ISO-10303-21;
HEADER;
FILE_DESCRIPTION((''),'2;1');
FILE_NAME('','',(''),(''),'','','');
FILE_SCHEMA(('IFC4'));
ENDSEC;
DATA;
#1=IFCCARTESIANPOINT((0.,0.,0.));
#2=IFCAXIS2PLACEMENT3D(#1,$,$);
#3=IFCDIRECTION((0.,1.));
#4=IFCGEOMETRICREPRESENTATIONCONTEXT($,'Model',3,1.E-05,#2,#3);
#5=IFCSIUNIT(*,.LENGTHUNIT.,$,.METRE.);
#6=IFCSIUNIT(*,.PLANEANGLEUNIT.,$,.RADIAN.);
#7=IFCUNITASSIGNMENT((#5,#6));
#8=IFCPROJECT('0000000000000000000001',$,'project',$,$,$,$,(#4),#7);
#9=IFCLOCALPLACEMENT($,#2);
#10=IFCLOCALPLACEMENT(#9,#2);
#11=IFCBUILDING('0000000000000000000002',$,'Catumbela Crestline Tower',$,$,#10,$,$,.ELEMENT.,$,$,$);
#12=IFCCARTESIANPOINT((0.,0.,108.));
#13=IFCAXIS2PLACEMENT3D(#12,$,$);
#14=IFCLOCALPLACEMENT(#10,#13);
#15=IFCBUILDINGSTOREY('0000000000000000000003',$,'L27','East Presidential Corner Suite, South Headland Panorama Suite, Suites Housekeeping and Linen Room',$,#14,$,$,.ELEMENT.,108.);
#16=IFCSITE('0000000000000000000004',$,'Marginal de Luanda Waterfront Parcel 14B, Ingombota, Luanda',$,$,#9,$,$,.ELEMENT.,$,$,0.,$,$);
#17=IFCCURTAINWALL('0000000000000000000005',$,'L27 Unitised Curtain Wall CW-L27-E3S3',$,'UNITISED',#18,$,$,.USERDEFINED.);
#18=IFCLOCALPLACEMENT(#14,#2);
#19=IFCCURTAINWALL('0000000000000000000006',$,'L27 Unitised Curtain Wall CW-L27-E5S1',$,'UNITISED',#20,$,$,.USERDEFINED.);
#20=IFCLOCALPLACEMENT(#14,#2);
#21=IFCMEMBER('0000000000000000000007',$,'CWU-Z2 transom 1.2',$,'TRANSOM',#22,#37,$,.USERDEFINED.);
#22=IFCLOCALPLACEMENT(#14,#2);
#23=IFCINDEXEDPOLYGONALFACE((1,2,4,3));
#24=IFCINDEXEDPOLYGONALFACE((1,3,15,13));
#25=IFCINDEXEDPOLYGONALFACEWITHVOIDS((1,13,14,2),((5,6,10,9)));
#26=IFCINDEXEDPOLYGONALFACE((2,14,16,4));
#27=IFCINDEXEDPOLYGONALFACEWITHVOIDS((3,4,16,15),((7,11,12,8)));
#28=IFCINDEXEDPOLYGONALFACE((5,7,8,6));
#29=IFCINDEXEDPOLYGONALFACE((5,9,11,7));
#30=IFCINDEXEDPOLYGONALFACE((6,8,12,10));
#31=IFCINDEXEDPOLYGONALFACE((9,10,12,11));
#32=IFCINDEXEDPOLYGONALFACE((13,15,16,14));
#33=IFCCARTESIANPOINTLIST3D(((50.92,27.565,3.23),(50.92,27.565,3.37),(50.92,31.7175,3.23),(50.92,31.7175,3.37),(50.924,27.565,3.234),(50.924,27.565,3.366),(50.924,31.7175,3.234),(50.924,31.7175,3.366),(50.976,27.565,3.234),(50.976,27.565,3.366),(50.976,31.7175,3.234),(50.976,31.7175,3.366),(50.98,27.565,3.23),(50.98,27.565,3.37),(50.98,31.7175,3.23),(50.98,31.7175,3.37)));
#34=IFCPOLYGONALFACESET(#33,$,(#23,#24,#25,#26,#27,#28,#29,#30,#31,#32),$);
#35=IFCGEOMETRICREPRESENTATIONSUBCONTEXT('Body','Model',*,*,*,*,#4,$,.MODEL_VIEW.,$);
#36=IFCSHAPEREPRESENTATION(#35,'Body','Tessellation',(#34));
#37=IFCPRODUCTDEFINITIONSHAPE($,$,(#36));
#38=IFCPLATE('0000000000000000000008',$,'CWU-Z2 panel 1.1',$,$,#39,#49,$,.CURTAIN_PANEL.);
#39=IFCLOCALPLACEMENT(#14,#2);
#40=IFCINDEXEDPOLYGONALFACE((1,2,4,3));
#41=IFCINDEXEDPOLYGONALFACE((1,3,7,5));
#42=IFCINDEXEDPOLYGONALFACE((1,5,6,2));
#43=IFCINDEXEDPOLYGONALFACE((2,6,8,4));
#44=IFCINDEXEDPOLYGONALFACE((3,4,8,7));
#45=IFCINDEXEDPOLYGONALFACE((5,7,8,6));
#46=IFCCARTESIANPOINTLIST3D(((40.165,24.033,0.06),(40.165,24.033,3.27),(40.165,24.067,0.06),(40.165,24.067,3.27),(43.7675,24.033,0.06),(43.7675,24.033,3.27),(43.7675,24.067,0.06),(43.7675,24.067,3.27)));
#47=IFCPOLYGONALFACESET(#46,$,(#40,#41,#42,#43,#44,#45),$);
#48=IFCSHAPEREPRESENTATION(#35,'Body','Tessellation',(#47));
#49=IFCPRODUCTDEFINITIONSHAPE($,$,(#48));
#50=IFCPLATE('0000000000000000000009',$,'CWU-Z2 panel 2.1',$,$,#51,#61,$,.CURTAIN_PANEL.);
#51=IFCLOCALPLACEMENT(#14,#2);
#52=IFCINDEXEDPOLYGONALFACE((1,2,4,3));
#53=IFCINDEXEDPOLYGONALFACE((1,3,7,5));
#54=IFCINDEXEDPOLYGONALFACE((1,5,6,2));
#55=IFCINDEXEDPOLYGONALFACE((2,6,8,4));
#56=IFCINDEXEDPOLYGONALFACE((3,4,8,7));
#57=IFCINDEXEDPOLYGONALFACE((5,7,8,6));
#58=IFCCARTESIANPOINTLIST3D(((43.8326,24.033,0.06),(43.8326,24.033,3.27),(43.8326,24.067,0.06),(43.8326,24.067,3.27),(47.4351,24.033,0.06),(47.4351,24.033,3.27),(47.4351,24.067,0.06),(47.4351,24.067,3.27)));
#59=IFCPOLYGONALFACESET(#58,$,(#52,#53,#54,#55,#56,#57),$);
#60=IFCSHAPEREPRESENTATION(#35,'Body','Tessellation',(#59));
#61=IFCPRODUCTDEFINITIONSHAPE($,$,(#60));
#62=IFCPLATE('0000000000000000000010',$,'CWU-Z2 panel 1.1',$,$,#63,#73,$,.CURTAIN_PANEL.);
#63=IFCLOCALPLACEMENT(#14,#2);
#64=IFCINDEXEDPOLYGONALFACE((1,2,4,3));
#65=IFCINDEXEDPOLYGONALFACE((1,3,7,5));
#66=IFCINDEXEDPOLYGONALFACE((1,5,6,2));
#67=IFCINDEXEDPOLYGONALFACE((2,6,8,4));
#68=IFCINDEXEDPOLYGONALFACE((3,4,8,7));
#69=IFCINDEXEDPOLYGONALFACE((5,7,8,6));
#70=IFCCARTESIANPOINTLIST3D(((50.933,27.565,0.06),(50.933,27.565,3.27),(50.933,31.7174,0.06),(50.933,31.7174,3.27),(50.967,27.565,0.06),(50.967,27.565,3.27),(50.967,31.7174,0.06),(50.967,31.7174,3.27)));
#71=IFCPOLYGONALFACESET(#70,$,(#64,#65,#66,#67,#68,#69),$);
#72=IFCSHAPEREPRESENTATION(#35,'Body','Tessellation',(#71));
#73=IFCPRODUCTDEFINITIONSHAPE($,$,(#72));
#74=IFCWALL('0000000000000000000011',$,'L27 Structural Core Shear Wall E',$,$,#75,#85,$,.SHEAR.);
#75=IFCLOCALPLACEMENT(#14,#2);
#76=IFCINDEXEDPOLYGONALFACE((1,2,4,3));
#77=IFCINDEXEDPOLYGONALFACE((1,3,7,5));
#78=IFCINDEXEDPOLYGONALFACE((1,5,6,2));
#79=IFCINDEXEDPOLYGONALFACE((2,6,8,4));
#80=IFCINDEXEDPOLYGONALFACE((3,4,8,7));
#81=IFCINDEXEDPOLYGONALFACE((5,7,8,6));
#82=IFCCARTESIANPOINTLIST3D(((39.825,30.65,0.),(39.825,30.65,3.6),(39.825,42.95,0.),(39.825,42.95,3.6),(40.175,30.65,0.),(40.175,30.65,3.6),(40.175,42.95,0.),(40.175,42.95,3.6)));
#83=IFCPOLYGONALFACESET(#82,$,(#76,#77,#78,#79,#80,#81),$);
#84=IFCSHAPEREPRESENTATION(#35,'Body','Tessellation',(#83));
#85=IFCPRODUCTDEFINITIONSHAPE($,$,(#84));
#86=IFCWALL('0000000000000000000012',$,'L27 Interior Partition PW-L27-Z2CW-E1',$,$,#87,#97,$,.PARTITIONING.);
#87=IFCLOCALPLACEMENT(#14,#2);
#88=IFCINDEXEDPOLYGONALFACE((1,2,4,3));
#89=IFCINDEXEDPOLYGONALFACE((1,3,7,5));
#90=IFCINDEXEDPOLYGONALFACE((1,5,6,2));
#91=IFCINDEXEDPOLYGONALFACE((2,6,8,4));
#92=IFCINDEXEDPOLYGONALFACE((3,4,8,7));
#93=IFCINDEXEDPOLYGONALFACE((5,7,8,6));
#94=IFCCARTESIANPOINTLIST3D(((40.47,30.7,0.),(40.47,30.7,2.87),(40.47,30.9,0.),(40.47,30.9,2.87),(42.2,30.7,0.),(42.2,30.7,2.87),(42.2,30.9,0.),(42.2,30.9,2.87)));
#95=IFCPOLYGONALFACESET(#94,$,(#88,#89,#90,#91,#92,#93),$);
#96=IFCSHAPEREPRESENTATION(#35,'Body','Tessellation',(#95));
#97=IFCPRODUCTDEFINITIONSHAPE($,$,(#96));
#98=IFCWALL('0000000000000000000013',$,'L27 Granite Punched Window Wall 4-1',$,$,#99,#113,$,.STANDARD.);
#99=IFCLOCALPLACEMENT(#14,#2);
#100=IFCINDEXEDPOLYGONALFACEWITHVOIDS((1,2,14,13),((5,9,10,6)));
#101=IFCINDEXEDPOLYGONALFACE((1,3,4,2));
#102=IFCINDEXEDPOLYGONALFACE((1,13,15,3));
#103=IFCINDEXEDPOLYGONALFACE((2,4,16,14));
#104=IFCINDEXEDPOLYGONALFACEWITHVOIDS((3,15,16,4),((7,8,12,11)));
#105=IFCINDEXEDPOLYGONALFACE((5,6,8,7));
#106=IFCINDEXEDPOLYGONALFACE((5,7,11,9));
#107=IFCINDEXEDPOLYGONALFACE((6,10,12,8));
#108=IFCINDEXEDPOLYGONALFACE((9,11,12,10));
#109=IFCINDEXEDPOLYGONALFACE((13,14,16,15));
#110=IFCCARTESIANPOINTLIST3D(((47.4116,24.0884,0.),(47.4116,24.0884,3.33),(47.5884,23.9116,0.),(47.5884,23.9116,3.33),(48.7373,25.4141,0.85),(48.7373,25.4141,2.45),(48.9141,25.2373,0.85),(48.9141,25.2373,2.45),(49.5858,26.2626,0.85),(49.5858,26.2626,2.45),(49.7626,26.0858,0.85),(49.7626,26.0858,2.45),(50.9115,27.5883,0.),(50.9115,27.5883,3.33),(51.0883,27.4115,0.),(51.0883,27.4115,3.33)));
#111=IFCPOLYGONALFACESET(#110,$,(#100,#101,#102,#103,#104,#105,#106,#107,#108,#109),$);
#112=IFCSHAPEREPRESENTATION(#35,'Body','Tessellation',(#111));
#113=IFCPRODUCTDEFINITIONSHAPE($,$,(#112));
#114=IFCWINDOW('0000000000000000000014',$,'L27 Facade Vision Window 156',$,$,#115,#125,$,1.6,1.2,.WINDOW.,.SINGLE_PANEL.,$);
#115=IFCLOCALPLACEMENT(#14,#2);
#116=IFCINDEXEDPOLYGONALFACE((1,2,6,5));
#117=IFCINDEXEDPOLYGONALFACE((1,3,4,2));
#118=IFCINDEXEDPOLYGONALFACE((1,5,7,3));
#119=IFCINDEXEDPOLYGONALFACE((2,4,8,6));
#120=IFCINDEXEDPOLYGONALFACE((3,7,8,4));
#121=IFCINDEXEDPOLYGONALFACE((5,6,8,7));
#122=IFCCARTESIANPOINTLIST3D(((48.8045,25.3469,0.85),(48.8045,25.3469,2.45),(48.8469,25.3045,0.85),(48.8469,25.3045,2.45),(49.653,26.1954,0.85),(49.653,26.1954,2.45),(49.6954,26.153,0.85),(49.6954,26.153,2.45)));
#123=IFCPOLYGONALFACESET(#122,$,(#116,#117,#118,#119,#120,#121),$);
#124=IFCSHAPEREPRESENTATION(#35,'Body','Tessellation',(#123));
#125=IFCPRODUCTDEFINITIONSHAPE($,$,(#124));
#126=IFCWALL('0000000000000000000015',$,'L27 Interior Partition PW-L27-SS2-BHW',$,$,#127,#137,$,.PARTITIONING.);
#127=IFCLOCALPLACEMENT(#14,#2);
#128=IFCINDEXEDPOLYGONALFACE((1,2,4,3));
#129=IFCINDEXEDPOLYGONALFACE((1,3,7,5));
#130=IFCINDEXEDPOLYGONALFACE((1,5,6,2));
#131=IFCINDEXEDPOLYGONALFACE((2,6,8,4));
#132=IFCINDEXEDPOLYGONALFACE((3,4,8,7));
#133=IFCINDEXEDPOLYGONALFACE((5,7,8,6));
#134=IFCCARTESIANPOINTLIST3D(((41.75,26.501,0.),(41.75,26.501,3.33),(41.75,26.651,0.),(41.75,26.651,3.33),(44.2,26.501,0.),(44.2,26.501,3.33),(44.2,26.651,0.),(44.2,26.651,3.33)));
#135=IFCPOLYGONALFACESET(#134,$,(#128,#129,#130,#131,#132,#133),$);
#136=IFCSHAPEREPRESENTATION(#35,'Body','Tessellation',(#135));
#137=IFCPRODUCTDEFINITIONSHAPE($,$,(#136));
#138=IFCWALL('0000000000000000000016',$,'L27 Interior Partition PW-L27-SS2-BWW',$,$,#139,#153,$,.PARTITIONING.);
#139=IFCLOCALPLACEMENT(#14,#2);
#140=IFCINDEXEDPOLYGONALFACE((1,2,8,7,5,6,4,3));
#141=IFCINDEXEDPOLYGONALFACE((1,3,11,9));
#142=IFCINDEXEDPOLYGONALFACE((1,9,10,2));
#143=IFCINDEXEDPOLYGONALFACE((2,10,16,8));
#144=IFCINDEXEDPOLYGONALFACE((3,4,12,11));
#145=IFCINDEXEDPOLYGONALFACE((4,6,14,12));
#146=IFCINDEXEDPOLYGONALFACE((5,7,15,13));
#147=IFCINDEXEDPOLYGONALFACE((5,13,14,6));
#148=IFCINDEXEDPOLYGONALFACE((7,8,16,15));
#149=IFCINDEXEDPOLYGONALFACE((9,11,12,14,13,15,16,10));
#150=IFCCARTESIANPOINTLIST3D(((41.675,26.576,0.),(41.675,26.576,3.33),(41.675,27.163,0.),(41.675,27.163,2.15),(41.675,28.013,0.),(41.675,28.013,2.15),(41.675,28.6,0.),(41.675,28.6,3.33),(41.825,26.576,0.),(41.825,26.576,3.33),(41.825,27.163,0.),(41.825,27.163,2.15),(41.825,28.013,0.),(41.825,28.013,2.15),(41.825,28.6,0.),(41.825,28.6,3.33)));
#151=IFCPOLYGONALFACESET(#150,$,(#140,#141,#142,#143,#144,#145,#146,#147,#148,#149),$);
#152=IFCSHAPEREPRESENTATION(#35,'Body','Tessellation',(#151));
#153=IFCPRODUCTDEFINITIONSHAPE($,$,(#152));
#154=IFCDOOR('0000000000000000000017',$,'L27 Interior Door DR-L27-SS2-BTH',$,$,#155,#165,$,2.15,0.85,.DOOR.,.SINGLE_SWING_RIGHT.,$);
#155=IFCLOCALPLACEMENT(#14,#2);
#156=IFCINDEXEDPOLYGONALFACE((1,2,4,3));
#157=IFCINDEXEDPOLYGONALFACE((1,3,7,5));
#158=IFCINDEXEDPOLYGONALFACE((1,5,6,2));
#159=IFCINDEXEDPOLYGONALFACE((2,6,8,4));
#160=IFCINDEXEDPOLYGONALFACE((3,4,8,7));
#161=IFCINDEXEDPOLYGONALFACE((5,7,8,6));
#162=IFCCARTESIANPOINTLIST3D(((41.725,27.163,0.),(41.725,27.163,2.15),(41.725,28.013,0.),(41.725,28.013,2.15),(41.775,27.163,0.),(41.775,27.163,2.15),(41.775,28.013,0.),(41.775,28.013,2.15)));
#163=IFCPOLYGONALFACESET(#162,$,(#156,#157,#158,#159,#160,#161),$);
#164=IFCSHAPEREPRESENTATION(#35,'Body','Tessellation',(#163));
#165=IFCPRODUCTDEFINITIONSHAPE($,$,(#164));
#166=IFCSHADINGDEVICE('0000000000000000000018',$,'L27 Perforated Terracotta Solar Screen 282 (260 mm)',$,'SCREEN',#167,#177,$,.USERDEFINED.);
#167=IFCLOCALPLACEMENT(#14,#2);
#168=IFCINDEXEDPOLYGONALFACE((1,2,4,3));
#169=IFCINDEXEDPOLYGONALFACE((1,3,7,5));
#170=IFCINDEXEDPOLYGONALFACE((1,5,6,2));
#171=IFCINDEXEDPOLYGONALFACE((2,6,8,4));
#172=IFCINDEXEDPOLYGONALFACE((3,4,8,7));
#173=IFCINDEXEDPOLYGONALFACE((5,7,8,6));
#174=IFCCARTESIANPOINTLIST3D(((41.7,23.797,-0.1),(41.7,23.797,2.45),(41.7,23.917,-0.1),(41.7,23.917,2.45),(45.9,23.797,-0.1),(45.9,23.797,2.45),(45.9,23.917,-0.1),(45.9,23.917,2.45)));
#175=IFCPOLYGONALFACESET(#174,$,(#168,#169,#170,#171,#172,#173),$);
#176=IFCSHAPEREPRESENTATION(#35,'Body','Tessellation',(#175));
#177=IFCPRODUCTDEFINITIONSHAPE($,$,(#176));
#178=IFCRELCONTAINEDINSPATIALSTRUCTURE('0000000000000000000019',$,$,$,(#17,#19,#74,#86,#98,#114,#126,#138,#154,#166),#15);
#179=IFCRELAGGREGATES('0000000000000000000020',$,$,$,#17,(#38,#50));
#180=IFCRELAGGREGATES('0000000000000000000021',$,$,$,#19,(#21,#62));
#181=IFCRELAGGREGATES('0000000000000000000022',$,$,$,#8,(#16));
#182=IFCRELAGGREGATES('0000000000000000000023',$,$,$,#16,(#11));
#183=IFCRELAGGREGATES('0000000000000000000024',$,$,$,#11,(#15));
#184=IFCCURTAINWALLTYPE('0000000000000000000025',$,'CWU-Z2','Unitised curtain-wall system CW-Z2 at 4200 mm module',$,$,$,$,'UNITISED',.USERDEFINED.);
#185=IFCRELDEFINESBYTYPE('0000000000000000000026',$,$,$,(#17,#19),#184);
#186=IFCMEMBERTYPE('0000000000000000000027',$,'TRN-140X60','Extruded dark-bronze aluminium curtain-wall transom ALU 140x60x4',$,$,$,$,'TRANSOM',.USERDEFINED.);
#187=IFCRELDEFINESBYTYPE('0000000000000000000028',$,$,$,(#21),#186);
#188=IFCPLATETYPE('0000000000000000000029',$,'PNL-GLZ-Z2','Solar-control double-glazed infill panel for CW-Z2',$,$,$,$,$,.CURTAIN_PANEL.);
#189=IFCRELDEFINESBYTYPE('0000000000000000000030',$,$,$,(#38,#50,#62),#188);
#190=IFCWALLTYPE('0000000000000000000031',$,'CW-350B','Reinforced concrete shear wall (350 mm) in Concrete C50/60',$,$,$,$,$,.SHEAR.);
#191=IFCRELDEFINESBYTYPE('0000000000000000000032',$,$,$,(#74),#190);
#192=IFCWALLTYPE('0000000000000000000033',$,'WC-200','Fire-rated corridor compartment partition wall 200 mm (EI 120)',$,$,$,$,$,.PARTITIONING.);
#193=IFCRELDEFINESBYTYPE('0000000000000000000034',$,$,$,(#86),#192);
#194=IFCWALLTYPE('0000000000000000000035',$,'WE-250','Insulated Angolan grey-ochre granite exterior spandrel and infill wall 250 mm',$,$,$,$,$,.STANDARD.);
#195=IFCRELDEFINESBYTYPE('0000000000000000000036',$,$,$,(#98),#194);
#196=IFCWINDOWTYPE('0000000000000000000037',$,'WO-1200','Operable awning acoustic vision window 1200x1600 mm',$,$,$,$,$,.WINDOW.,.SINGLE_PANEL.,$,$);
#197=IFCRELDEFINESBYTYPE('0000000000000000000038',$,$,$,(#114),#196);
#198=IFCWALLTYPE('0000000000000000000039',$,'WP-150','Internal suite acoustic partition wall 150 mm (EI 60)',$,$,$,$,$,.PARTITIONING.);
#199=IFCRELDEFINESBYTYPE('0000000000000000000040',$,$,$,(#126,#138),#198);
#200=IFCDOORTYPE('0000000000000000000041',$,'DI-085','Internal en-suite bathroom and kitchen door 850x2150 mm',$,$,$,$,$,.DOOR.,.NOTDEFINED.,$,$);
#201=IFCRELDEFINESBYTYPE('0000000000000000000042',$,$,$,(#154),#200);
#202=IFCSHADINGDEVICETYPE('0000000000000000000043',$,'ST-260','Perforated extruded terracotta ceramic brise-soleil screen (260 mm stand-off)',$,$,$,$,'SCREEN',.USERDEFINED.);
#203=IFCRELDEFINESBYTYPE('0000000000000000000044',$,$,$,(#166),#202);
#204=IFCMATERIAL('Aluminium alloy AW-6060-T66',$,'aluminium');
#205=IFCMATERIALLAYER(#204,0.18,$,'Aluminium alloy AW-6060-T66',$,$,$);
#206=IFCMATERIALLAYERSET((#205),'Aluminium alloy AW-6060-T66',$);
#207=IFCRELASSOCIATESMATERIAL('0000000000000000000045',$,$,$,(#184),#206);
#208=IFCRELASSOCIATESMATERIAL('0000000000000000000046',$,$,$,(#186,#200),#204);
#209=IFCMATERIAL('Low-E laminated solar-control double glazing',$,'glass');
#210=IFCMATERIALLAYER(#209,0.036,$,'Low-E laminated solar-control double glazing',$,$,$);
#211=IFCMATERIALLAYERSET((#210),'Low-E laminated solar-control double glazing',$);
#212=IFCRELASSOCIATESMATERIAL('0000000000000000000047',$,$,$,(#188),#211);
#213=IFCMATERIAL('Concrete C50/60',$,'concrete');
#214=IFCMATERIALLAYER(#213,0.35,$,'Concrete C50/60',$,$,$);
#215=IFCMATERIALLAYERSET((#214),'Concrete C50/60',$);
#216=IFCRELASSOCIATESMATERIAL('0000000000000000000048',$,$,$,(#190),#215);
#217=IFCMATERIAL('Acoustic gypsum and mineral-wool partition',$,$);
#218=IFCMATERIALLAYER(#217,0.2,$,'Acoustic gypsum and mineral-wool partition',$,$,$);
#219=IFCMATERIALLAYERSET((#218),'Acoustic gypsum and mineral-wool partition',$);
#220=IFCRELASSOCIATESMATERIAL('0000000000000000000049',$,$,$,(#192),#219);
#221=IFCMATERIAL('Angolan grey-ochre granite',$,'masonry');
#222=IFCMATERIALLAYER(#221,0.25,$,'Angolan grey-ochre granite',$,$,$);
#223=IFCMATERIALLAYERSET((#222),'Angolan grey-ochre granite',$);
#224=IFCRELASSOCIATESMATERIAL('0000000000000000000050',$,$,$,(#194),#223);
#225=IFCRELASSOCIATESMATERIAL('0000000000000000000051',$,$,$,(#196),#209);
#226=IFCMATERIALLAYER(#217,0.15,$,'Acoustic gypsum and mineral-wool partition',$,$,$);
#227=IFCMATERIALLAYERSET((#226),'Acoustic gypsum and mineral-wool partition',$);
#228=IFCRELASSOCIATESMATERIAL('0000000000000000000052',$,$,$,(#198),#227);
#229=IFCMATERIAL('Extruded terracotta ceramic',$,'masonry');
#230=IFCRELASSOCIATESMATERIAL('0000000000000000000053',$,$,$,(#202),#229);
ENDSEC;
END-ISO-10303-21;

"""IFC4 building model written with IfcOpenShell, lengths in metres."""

from ifc_helpers import new_model, si_unit, direction, frame, frame_2d, origin, origin_2d, place, context, subcontext, project, spatial, rectangle, hollow_rectangle, extrude, material, layer, layer_set, material_profile, profile_set, type_object, element, fill, aggregate, save


model = new_model("IFC4")

# Units and contexts
model_context = context("Model", 3, precision=1e-05, world=origin(), true_north=direction((0.0, 1.0)))
body_context = subcontext(model_context, "Body", "Model", "MODEL_VIEW")
ifc_project = project(units=[si_unit("LENGTHUNIT", "METRE"), si_unit("PLANEANGLEUNIT", "RADIAN")], contexts=[model_context])

# Site, building, storey
site_placement = place(None, origin())
site = spatial("IfcSite", under=ifc_project, at=site_placement, Name="Marginal de Luanda Waterfront Parcel 14B, Ingombota, Luanda", CompositionType="ELEMENT", RefElevation=0.0)
building_placement = place(site_placement, origin())
building = spatial("IfcBuilding", under=site, at=building_placement, Name="Catumbela Crestline Tower", CompositionType="ELEMENT")
storey_placement = place(building_placement, frame((0.0, 0.0, 108.0)))
storey = spatial("IfcBuildingStorey", under=building, at=storey_placement, Name="L27", Description="East Presidential Corner Suite, South Headland Panorama Suite, Suites Housekeeping and Linen Room", CompositionType="ELEMENT", Elevation=108.0)

# Shared definitions
ifc_material_1 = material(Name="Concrete C50/60", Category="concrete")

# Curtain wall
ifc_material_2 = material(Name="Aluminium alloy AW-6060-T66", Category="aluminium")
ifc_layer_1 = layer(ifc_material_2, 0.18, Name="Aluminium alloy AW-6060-T66")
ifc_layer_set_1 = layer_set([ifc_layer_1], Name="Aluminium alloy AW-6060-T66")
curtain_wall_type = type_object("IfcCurtainWallType", Name="CWU-Z2", Description="Unitised curtain-wall system CW-Z2 at 4200 mm module", ElementType="UNITISED", PredefinedType="USERDEFINED", material=ifc_layer_set_1)
curtain_wall_1_placement = place(storey_placement, origin())
curtain_wall_1 = element("IfcCurtainWall", 1, at=curtain_wall_1_placement, inside=storey, type_object=curtain_wall_type, Name="L27 Unitised Curtain Wall CW-L27-E3S3", ObjectType="UNITISED", PredefinedType="USERDEFINED")

# Curtain wall
curtain_wall_2_placement = place(storey_placement, origin())
curtain_wall_2 = element("IfcCurtainWall", 2, at=curtain_wall_2_placement, inside=storey, type_object=curtain_wall_type, Name="L27 Unitised Curtain Wall CW-L27-E5S1", ObjectType="UNITISED", PredefinedType="USERDEFINED")

# Member
ifc_material_profile_1 = material_profile(ifc_material_2, hollow_rectangle(XDim=0.06, YDim=0.14, WallThickness=0.004, at=origin_2d()), Name="ALU 140x60x4")
ifc_profile_set_1 = profile_set([ifc_material_profile_1], Name="Aluminium alloy AW-6060-T66")
member_type_1 = type_object("IfcMemberType", Name="TRN-140X60", Description="Extruded dark-bronze aluminium curtain-wall transom ALU 140x60x4", ElementType="TRANSOM", PredefinedType="USERDEFINED", material=ifc_profile_set_1)
member_1_placement = place(storey_placement, frame((50.95, 27.565, 3.3), z_axis=(0.0, 1.0, 0.0), x_axis=(-1.0, 0.0, 0.0)))
member_1 = element("IfcMember", 3, at=member_1_placement, type_object=member_type_1, Name="CWU-Z2 transom 1.2", ObjectType="TRANSOM", PredefinedType="USERDEFINED", context=body_context, shape_type="SweptSolid", body=[
    extrude(hollow_rectangle(XDim=0.06, YDim=0.14, WallThickness=0.004, at=origin_2d()), origin(), (0.0, 0.0, 1.0), 4.1525),
])

# Plates
ifc_material_3 = material(Name="Low-E laminated solar-control double glazing", Category="glass")
ifc_layer_2 = layer(ifc_material_3, 0.036, Name="Low-E laminated solar-control double glazing")
ifc_layer_set_2 = layer_set([ifc_layer_2], Name="Low-E laminated solar-control double glazing")
plate_type = type_object("IfcPlateType", Name="PNL-GLZ-Z2", Description="Solar-control double-glazed infill panel for CW-Z2", PredefinedType="CURTAIN_PANEL", material=ifc_layer_set_2)
plate_1_placement = place(storey_placement, frame((41.9662, 24.05, 0.06), z_axis=(0.0, 0.0, 1.0), x_axis=(1.0, 0.0, 0.0)))
plate_1 = element("IfcPlate", 4, at=plate_1_placement, type_object=plate_type, Name="CWU-Z2 panel 1.1", PredefinedType="CURTAIN_PANEL", context=body_context, shape_type="SweptSolid", body=[
    extrude(rectangle(XDim=3.6025, YDim=0.034, at=origin_2d()), origin(), (0.0, 0.0, 1.0), 3.21),
])
plate_2_placement = place(storey_placement, frame((45.6338, 24.05, 0.06), z_axis=(0.0, 0.0, 1.0), x_axis=(1.0, 0.0, 0.0)))
plate_2 = element("IfcPlate", 5, at=plate_2_placement, type_object=plate_type, Name="CWU-Z2 panel 2.1", PredefinedType="CURTAIN_PANEL", context=body_context, shape_type="SweptSolid", body=[
    extrude(rectangle(XDim=3.6025, YDim=0.034, at=origin_2d()), origin(), (0.0, 0.0, 1.0), 3.21),
])
aggregate(curtain_wall_1, [plate_1, plate_2])
plate_3_placement = place(storey_placement, frame((50.95, 29.6412, 0.06), z_axis=(0.0, 0.0, 1.0), x_axis=(0.0, 1.0, 0.0)))
plate_3 = element("IfcPlate", 6, at=plate_3_placement, type_object=plate_type, Name="CWU-Z2 panel 1.1", PredefinedType="CURTAIN_PANEL", context=body_context, shape_type="SweptSolid", body=[
    extrude(rectangle(XDim=4.1525, YDim=0.034, at=origin_2d()), origin(), (0.0, 0.0, 1.0), 3.21),
])
aggregate(curtain_wall_2, [member_1, plate_3])

# Walls
ifc_layer_3 = layer(ifc_material_1, 0.35, Name="Concrete C50/60")
ifc_layer_set_3 = layer_set([ifc_layer_3], Name="Concrete C50/60")
wall_type_1 = type_object("IfcWallType", Name="CW-350B", Description="Reinforced concrete shear wall (350 mm) in Concrete C50/60", PredefinedType="SHEAR", material=ifc_layer_set_3)
wall_1_placement = place(storey_placement, frame((40.0, 30.65, 0.0), z_axis=(0.0, 0.0, 1.0), x_axis=(0.0, 1.0, 0.0)))
element("IfcWall", 7, at=wall_1_placement, inside=storey, type_object=wall_type_1, Name="L27 Structural Core Shear Wall E", PredefinedType="SHEAR", context=body_context, shape_type="SweptSolid", body=[
    extrude(rectangle(XDim=12.3, YDim=0.35, at=frame_2d((6.15, 0.0))), origin(), (0.0, 0.0, 1.0), 3.6),
])
ifc_material_4 = material(Name="Acoustic gypsum and mineral-wool partition")
ifc_layer_4 = layer(ifc_material_4, 0.2, Name="Acoustic gypsum and mineral-wool partition")
ifc_layer_set_4 = layer_set([ifc_layer_4], Name="Acoustic gypsum and mineral-wool partition")
wall_type_2 = type_object("IfcWallType", Name="WC-200", Description="Fire-rated corridor compartment partition wall 200 mm (EI 120)", PredefinedType="PARTITIONING", material=ifc_layer_set_4)
wall_2_placement = place(storey_placement, frame((40.47, 30.8, 0.0), z_axis=(0.0, 0.0, 1.0), x_axis=(1.0, 0.0, 0.0)))
element("IfcWall", 8, at=wall_2_placement, inside=storey, type_object=wall_type_2, Name="L27 Interior Partition PW-L27-Z2CW-E1", PredefinedType="PARTITIONING", context=body_context, shape_type="SweptSolid", body=[
    extrude(rectangle(XDim=1.73, YDim=0.2, at=frame_2d((0.865, 0.0))), origin(), (0.0, 0.0, 1.0), 2.87),
])

# Wall, opening, window
ifc_material_5 = material(Name="Angolan grey-ochre granite", Category="masonry")
ifc_layer_5 = layer(ifc_material_5, 0.25, Name="Angolan grey-ochre granite")
ifc_layer_set_5 = layer_set([ifc_layer_5], Name="Angolan grey-ochre granite")
wall_type_3 = type_object("IfcWallType", Name="WE-250", Description="Insulated Angolan grey-ochre granite exterior spandrel and infill wall 250 mm", PredefinedType="STANDARD", material=ifc_layer_set_5)
wall_3_placement = place(storey_placement, frame((47.5, 24.0, 0.0), z_axis=(0.0, 0.0, 1.0), x_axis=(0.707107, 0.707107, 0.0)))
wall_3 = element("IfcWall", 9, at=wall_3_placement, inside=storey, type_object=wall_type_3, Name="L27 Granite Punched Window Wall 4-1", PredefinedType="STANDARD", context=body_context, shape_type="SweptSolid", body=[
    extrude(rectangle(XDim=4.9497, YDim=0.25, at=frame_2d((2.4748, 0.0))), origin(), (0.0, 0.0, 1.0), 3.33),
])
opening_1_placement = place(wall_3_placement, frame((1.8748, 0.0, 0.85)))
opening_1 = element("IfcOpeningElement", 10, at=opening_1_placement, cuts=wall_3, PredefinedType="OPENING", context=body_context, shape_type="SweptSolid", body=[
    extrude(rectangle(XDim=1.2, YDim=1.6, at=frame_2d((0.6, 0.8))), frame((0.0, 0.135, 0.0), z_axis=(0.0, -1.0, 0.0), x_axis=(1.0, 0.0, 0.0)), (0.0, 0.0, 1.0), 0.27),
])
window_type = type_object("IfcWindowType", Name="WO-1200", Description="Operable awning acoustic vision window 1200x1600 mm", PartitioningType="SINGLE_PANEL", PredefinedType="WINDOW", material=ifc_material_3)
window_placement = place(opening_1_placement, origin())
window = element("IfcWindow", 11, at=window_placement, inside=storey, type_object=window_type, Name="L27 Facade Vision Window 156", OverallHeight=1.6, OverallWidth=1.2, PartitioningType="SINGLE_PANEL", PredefinedType="WINDOW", context=body_context, shape_type="SweptSolid", body=[
    extrude(rectangle(XDim=1.2, YDim=1.6, at=frame_2d((0.6, 0.8))), frame((0.0, 0.03, 0.0), z_axis=(0.0, -1.0, 0.0), x_axis=(1.0, 0.0, 0.0)), (0.0, 0.0, 1.0), 0.06),
])
fill(opening_1, window)

# Wall
ifc_layer_6 = layer(ifc_material_4, 0.15, Name="Acoustic gypsum and mineral-wool partition")
ifc_layer_set_6 = layer_set([ifc_layer_6], Name="Acoustic gypsum and mineral-wool partition")
wall_type_4 = type_object("IfcWallType", Name="WP-150", Description="Internal suite acoustic partition wall 150 mm (EI 60)", PredefinedType="PARTITIONING", material=ifc_layer_set_6)
wall_4_placement = place(storey_placement, frame((41.75, 26.576, 0.0), z_axis=(0.0, 0.0, 1.0), x_axis=(1.0, 0.0, 0.0)))
element("IfcWall", 12, at=wall_4_placement, inside=storey, type_object=wall_type_4, Name="L27 Interior Partition PW-L27-SS2-BHW", PredefinedType="PARTITIONING", context=body_context, shape_type="SweptSolid", body=[
    extrude(rectangle(XDim=2.45, YDim=0.15, at=frame_2d((1.225, 0.0))), origin(), (0.0, 0.0, 1.0), 3.33),
])

# Wall, opening, door
wall_5_placement = place(storey_placement, frame((41.75, 26.576, 0.0), z_axis=(0.0, 0.0, 1.0), x_axis=(0.0, 1.0, 0.0)))
wall_5 = element("IfcWall", 13, at=wall_5_placement, inside=storey, type_object=wall_type_4, Name="L27 Interior Partition PW-L27-SS2-BWW", PredefinedType="PARTITIONING", context=body_context, shape_type="SweptSolid", body=[
    extrude(rectangle(XDim=2.024, YDim=0.15, at=frame_2d((1.012, 0.0))), origin(), (0.0, 0.0, 1.0), 3.33),
])
opening_2_placement = place(wall_5_placement, frame((0.587, 0.0, 0.0)))
opening_2 = element("IfcOpeningElement", 14, at=opening_2_placement, cuts=wall_5, PredefinedType="OPENING", context=body_context, shape_type="SweptSolid", body=[
    extrude(rectangle(XDim=0.85, YDim=2.15, at=frame_2d((0.425, 1.075))), frame((0.0, 0.085, 0.0), z_axis=(0.0, -1.0, 0.0), x_axis=(1.0, 0.0, 0.0)), (0.0, 0.0, 1.0), 0.17),
])
door_type = type_object("IfcDoorType", Name="DI-085", Description="Internal en-suite bathroom and kitchen door 850x2150 mm", OperationType="NOTDEFINED", PredefinedType="DOOR", material=ifc_material_2)
door_placement = place(opening_2_placement, origin())
door = element("IfcDoor", 15, at=door_placement, inside=storey, type_object=door_type, Name="L27 Interior Door DR-L27-SS2-BTH", OperationType="SINGLE_SWING_RIGHT", OverallHeight=2.15, OverallWidth=0.85, PredefinedType="DOOR", context=body_context, shape_type="SweptSolid", body=[
    extrude(rectangle(XDim=0.85, YDim=2.15, at=frame_2d((0.425, 1.075))), frame((0.0, 0.025, 0.0), z_axis=(0.0, -1.0, 0.0), x_axis=(1.0, 0.0, 0.0)), (0.0, 0.0, 1.0), 0.05),
])
fill(opening_2, door)

# Shading device
ifc_material_6 = material(Name="Extruded terracotta ceramic", Category="masonry")
shading_device_type = type_object("IfcShadingDeviceType", Name="ST-260", Description="Perforated extruded terracotta ceramic brise-soleil screen (260 mm stand-off)", ElementType="SCREEN", PredefinedType="USERDEFINED", material=ifc_material_6)
shading_device_placement = place(storey_placement, frame((43.8, 23.857, -0.1), z_axis=(0.0, 0.0, 1.0), x_axis=(1.0, 0.0, 0.0)))
element("IfcShadingDevice", 16, at=shading_device_placement, inside=storey, type_object=shading_device_type, Name="L27 Perforated Terracotta Solar Screen 282 (260 mm)", ObjectType="SCREEN", PredefinedType="USERDEFINED", context=body_context, shape_type="SweptSolid", body=[
    extrude(rectangle(XDim=4.2, YDim=0.12, at=origin_2d()), origin(), (0.0, 0.0, 1.0), 2.55),
])

save(model, "model.ifc")
